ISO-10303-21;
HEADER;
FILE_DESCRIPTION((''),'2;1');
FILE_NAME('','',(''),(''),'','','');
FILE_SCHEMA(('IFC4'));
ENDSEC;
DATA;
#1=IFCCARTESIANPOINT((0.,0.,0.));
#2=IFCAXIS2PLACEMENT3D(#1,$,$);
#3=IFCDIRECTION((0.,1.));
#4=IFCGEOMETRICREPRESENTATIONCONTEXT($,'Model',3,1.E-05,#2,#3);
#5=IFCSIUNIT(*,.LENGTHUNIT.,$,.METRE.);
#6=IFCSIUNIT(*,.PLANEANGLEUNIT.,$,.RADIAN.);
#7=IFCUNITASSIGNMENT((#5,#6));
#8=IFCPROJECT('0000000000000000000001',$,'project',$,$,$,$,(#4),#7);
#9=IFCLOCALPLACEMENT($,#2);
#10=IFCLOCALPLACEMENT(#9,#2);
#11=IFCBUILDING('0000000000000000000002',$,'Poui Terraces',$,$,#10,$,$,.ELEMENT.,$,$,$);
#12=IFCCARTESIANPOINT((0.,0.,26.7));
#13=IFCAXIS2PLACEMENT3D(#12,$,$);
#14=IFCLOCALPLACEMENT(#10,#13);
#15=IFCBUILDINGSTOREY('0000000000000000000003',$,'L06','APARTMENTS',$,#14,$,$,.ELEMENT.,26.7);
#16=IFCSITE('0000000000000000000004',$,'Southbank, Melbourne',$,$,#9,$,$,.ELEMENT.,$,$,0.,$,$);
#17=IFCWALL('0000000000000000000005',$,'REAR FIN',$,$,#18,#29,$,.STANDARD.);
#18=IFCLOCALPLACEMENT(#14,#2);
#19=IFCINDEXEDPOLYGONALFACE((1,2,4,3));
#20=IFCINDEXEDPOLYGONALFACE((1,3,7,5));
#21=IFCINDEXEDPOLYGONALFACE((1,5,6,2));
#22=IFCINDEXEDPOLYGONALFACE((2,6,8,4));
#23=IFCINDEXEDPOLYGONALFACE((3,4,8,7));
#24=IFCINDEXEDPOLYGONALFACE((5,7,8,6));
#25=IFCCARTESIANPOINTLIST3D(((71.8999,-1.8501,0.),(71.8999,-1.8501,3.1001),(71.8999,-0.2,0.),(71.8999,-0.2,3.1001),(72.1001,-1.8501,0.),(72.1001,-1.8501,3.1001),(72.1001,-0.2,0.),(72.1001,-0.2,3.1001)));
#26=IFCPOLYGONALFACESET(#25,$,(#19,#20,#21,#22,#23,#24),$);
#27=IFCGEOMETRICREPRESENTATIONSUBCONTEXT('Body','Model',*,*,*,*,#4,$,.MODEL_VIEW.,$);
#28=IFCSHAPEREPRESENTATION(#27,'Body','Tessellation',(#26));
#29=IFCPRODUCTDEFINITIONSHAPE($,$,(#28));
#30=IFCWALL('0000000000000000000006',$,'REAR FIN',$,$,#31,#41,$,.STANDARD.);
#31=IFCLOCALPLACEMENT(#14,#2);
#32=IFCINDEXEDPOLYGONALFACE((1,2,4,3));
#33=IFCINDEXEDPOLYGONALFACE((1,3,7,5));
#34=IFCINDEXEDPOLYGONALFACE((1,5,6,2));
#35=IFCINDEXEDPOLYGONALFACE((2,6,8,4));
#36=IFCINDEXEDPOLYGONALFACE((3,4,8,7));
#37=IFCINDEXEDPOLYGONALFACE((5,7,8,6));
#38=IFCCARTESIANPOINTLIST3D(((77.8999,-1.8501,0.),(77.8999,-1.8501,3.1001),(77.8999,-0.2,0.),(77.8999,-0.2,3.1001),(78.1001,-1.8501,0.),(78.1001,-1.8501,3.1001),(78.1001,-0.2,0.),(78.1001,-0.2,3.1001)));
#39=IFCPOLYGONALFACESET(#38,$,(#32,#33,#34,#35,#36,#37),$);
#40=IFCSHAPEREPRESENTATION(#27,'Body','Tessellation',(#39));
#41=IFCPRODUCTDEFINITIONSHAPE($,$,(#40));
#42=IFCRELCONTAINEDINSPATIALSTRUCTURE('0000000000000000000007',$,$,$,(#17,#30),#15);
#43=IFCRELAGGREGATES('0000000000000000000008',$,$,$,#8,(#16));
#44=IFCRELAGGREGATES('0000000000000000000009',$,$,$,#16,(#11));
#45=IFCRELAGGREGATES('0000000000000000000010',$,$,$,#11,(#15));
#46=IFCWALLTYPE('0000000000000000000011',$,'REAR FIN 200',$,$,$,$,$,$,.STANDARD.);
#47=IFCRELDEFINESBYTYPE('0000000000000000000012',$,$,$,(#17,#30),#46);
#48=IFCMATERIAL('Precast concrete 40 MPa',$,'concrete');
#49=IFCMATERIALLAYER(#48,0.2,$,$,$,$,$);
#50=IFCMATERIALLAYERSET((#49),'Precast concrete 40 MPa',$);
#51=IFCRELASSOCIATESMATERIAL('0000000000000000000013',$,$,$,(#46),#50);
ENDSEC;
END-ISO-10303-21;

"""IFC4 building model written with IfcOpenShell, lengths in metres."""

from ifc_helpers import new_model, si_unit, direction, frame, origin, place, context, subcontext, project, spatial, polyline, outline, extrude, source, transform, mapped, material, layer, layer_set, type_object, element, save


model = new_model("IFC4")

# Units and contexts
model_context = context("Model", 3, precision=1e-05, world=origin(), true_north=direction((0.0, 1.0)))
body_context = subcontext(model_context, "Body", "Model", "MODEL_VIEW")
ifc_project = project(units=[si_unit("LENGTHUNIT", "METRE"), si_unit("PLANEANGLEUNIT", "RADIAN")], contexts=[model_context])

# Site, building, storey
site_placement = place(None, origin())
site = spatial("IfcSite", under=ifc_project, at=site_placement, Name="Southbank, Melbourne", CompositionType="ELEMENT", RefElevation=0.0)
building_placement = place(site_placement, origin())
building = spatial("IfcBuilding", under=site, at=building_placement, Name="Poui Terraces", CompositionType="ELEMENT")
storey_placement = place(building_placement, frame((0.0, 0.0, 26.7)))
storey = spatial("IfcBuildingStorey", under=building, at=storey_placement, Name="L06", Description="APARTMENTS", CompositionType="ELEMENT", Elevation=26.7)

# Shared definitions
ifc_material_1 = material(Name="Precast concrete 40 MPa", Category="concrete")

# Walls
ifc_layer_1 = layer(ifc_material_1, 0.2)
ifc_layer_set_1 = layer_set([ifc_layer_1], Name="Precast concrete 40 MPa")
wall_type_1 = type_object("IfcWallType", Name="REAR FIN 200", PredefinedType="STANDARD", material=ifc_layer_set_1)
shared_shape_1 = source(origin(), body_context, "Body", "SweptSolid", [
    extrude(outline(polyline([(0.0, 0.0), (0.2002, 0.0), (0.2002, 1.6501), (0.0, 1.6501), (0.0, 0.0)])), origin(), (0.0, 0.0, 1.0), 3.1001),
])
for number, where, name in (
    (1, (71.8999, -1.8501, 0.0), "REAR FIN"),
    (2, (77.8999, -1.8501, 0.0), "REAR FIN"),
):
    element("IfcWall", number, at=place(storey_placement, frame(where)), inside=storey, type_object=wall_type_1, Name=name, PredefinedType="STANDARD", context=body_context, shape_type="MappedRepresentation", body=[
        mapped(shared_shape_1, transform((0.0, 0.0, 0.0))),
    ])

save(model, "model.ifc")
